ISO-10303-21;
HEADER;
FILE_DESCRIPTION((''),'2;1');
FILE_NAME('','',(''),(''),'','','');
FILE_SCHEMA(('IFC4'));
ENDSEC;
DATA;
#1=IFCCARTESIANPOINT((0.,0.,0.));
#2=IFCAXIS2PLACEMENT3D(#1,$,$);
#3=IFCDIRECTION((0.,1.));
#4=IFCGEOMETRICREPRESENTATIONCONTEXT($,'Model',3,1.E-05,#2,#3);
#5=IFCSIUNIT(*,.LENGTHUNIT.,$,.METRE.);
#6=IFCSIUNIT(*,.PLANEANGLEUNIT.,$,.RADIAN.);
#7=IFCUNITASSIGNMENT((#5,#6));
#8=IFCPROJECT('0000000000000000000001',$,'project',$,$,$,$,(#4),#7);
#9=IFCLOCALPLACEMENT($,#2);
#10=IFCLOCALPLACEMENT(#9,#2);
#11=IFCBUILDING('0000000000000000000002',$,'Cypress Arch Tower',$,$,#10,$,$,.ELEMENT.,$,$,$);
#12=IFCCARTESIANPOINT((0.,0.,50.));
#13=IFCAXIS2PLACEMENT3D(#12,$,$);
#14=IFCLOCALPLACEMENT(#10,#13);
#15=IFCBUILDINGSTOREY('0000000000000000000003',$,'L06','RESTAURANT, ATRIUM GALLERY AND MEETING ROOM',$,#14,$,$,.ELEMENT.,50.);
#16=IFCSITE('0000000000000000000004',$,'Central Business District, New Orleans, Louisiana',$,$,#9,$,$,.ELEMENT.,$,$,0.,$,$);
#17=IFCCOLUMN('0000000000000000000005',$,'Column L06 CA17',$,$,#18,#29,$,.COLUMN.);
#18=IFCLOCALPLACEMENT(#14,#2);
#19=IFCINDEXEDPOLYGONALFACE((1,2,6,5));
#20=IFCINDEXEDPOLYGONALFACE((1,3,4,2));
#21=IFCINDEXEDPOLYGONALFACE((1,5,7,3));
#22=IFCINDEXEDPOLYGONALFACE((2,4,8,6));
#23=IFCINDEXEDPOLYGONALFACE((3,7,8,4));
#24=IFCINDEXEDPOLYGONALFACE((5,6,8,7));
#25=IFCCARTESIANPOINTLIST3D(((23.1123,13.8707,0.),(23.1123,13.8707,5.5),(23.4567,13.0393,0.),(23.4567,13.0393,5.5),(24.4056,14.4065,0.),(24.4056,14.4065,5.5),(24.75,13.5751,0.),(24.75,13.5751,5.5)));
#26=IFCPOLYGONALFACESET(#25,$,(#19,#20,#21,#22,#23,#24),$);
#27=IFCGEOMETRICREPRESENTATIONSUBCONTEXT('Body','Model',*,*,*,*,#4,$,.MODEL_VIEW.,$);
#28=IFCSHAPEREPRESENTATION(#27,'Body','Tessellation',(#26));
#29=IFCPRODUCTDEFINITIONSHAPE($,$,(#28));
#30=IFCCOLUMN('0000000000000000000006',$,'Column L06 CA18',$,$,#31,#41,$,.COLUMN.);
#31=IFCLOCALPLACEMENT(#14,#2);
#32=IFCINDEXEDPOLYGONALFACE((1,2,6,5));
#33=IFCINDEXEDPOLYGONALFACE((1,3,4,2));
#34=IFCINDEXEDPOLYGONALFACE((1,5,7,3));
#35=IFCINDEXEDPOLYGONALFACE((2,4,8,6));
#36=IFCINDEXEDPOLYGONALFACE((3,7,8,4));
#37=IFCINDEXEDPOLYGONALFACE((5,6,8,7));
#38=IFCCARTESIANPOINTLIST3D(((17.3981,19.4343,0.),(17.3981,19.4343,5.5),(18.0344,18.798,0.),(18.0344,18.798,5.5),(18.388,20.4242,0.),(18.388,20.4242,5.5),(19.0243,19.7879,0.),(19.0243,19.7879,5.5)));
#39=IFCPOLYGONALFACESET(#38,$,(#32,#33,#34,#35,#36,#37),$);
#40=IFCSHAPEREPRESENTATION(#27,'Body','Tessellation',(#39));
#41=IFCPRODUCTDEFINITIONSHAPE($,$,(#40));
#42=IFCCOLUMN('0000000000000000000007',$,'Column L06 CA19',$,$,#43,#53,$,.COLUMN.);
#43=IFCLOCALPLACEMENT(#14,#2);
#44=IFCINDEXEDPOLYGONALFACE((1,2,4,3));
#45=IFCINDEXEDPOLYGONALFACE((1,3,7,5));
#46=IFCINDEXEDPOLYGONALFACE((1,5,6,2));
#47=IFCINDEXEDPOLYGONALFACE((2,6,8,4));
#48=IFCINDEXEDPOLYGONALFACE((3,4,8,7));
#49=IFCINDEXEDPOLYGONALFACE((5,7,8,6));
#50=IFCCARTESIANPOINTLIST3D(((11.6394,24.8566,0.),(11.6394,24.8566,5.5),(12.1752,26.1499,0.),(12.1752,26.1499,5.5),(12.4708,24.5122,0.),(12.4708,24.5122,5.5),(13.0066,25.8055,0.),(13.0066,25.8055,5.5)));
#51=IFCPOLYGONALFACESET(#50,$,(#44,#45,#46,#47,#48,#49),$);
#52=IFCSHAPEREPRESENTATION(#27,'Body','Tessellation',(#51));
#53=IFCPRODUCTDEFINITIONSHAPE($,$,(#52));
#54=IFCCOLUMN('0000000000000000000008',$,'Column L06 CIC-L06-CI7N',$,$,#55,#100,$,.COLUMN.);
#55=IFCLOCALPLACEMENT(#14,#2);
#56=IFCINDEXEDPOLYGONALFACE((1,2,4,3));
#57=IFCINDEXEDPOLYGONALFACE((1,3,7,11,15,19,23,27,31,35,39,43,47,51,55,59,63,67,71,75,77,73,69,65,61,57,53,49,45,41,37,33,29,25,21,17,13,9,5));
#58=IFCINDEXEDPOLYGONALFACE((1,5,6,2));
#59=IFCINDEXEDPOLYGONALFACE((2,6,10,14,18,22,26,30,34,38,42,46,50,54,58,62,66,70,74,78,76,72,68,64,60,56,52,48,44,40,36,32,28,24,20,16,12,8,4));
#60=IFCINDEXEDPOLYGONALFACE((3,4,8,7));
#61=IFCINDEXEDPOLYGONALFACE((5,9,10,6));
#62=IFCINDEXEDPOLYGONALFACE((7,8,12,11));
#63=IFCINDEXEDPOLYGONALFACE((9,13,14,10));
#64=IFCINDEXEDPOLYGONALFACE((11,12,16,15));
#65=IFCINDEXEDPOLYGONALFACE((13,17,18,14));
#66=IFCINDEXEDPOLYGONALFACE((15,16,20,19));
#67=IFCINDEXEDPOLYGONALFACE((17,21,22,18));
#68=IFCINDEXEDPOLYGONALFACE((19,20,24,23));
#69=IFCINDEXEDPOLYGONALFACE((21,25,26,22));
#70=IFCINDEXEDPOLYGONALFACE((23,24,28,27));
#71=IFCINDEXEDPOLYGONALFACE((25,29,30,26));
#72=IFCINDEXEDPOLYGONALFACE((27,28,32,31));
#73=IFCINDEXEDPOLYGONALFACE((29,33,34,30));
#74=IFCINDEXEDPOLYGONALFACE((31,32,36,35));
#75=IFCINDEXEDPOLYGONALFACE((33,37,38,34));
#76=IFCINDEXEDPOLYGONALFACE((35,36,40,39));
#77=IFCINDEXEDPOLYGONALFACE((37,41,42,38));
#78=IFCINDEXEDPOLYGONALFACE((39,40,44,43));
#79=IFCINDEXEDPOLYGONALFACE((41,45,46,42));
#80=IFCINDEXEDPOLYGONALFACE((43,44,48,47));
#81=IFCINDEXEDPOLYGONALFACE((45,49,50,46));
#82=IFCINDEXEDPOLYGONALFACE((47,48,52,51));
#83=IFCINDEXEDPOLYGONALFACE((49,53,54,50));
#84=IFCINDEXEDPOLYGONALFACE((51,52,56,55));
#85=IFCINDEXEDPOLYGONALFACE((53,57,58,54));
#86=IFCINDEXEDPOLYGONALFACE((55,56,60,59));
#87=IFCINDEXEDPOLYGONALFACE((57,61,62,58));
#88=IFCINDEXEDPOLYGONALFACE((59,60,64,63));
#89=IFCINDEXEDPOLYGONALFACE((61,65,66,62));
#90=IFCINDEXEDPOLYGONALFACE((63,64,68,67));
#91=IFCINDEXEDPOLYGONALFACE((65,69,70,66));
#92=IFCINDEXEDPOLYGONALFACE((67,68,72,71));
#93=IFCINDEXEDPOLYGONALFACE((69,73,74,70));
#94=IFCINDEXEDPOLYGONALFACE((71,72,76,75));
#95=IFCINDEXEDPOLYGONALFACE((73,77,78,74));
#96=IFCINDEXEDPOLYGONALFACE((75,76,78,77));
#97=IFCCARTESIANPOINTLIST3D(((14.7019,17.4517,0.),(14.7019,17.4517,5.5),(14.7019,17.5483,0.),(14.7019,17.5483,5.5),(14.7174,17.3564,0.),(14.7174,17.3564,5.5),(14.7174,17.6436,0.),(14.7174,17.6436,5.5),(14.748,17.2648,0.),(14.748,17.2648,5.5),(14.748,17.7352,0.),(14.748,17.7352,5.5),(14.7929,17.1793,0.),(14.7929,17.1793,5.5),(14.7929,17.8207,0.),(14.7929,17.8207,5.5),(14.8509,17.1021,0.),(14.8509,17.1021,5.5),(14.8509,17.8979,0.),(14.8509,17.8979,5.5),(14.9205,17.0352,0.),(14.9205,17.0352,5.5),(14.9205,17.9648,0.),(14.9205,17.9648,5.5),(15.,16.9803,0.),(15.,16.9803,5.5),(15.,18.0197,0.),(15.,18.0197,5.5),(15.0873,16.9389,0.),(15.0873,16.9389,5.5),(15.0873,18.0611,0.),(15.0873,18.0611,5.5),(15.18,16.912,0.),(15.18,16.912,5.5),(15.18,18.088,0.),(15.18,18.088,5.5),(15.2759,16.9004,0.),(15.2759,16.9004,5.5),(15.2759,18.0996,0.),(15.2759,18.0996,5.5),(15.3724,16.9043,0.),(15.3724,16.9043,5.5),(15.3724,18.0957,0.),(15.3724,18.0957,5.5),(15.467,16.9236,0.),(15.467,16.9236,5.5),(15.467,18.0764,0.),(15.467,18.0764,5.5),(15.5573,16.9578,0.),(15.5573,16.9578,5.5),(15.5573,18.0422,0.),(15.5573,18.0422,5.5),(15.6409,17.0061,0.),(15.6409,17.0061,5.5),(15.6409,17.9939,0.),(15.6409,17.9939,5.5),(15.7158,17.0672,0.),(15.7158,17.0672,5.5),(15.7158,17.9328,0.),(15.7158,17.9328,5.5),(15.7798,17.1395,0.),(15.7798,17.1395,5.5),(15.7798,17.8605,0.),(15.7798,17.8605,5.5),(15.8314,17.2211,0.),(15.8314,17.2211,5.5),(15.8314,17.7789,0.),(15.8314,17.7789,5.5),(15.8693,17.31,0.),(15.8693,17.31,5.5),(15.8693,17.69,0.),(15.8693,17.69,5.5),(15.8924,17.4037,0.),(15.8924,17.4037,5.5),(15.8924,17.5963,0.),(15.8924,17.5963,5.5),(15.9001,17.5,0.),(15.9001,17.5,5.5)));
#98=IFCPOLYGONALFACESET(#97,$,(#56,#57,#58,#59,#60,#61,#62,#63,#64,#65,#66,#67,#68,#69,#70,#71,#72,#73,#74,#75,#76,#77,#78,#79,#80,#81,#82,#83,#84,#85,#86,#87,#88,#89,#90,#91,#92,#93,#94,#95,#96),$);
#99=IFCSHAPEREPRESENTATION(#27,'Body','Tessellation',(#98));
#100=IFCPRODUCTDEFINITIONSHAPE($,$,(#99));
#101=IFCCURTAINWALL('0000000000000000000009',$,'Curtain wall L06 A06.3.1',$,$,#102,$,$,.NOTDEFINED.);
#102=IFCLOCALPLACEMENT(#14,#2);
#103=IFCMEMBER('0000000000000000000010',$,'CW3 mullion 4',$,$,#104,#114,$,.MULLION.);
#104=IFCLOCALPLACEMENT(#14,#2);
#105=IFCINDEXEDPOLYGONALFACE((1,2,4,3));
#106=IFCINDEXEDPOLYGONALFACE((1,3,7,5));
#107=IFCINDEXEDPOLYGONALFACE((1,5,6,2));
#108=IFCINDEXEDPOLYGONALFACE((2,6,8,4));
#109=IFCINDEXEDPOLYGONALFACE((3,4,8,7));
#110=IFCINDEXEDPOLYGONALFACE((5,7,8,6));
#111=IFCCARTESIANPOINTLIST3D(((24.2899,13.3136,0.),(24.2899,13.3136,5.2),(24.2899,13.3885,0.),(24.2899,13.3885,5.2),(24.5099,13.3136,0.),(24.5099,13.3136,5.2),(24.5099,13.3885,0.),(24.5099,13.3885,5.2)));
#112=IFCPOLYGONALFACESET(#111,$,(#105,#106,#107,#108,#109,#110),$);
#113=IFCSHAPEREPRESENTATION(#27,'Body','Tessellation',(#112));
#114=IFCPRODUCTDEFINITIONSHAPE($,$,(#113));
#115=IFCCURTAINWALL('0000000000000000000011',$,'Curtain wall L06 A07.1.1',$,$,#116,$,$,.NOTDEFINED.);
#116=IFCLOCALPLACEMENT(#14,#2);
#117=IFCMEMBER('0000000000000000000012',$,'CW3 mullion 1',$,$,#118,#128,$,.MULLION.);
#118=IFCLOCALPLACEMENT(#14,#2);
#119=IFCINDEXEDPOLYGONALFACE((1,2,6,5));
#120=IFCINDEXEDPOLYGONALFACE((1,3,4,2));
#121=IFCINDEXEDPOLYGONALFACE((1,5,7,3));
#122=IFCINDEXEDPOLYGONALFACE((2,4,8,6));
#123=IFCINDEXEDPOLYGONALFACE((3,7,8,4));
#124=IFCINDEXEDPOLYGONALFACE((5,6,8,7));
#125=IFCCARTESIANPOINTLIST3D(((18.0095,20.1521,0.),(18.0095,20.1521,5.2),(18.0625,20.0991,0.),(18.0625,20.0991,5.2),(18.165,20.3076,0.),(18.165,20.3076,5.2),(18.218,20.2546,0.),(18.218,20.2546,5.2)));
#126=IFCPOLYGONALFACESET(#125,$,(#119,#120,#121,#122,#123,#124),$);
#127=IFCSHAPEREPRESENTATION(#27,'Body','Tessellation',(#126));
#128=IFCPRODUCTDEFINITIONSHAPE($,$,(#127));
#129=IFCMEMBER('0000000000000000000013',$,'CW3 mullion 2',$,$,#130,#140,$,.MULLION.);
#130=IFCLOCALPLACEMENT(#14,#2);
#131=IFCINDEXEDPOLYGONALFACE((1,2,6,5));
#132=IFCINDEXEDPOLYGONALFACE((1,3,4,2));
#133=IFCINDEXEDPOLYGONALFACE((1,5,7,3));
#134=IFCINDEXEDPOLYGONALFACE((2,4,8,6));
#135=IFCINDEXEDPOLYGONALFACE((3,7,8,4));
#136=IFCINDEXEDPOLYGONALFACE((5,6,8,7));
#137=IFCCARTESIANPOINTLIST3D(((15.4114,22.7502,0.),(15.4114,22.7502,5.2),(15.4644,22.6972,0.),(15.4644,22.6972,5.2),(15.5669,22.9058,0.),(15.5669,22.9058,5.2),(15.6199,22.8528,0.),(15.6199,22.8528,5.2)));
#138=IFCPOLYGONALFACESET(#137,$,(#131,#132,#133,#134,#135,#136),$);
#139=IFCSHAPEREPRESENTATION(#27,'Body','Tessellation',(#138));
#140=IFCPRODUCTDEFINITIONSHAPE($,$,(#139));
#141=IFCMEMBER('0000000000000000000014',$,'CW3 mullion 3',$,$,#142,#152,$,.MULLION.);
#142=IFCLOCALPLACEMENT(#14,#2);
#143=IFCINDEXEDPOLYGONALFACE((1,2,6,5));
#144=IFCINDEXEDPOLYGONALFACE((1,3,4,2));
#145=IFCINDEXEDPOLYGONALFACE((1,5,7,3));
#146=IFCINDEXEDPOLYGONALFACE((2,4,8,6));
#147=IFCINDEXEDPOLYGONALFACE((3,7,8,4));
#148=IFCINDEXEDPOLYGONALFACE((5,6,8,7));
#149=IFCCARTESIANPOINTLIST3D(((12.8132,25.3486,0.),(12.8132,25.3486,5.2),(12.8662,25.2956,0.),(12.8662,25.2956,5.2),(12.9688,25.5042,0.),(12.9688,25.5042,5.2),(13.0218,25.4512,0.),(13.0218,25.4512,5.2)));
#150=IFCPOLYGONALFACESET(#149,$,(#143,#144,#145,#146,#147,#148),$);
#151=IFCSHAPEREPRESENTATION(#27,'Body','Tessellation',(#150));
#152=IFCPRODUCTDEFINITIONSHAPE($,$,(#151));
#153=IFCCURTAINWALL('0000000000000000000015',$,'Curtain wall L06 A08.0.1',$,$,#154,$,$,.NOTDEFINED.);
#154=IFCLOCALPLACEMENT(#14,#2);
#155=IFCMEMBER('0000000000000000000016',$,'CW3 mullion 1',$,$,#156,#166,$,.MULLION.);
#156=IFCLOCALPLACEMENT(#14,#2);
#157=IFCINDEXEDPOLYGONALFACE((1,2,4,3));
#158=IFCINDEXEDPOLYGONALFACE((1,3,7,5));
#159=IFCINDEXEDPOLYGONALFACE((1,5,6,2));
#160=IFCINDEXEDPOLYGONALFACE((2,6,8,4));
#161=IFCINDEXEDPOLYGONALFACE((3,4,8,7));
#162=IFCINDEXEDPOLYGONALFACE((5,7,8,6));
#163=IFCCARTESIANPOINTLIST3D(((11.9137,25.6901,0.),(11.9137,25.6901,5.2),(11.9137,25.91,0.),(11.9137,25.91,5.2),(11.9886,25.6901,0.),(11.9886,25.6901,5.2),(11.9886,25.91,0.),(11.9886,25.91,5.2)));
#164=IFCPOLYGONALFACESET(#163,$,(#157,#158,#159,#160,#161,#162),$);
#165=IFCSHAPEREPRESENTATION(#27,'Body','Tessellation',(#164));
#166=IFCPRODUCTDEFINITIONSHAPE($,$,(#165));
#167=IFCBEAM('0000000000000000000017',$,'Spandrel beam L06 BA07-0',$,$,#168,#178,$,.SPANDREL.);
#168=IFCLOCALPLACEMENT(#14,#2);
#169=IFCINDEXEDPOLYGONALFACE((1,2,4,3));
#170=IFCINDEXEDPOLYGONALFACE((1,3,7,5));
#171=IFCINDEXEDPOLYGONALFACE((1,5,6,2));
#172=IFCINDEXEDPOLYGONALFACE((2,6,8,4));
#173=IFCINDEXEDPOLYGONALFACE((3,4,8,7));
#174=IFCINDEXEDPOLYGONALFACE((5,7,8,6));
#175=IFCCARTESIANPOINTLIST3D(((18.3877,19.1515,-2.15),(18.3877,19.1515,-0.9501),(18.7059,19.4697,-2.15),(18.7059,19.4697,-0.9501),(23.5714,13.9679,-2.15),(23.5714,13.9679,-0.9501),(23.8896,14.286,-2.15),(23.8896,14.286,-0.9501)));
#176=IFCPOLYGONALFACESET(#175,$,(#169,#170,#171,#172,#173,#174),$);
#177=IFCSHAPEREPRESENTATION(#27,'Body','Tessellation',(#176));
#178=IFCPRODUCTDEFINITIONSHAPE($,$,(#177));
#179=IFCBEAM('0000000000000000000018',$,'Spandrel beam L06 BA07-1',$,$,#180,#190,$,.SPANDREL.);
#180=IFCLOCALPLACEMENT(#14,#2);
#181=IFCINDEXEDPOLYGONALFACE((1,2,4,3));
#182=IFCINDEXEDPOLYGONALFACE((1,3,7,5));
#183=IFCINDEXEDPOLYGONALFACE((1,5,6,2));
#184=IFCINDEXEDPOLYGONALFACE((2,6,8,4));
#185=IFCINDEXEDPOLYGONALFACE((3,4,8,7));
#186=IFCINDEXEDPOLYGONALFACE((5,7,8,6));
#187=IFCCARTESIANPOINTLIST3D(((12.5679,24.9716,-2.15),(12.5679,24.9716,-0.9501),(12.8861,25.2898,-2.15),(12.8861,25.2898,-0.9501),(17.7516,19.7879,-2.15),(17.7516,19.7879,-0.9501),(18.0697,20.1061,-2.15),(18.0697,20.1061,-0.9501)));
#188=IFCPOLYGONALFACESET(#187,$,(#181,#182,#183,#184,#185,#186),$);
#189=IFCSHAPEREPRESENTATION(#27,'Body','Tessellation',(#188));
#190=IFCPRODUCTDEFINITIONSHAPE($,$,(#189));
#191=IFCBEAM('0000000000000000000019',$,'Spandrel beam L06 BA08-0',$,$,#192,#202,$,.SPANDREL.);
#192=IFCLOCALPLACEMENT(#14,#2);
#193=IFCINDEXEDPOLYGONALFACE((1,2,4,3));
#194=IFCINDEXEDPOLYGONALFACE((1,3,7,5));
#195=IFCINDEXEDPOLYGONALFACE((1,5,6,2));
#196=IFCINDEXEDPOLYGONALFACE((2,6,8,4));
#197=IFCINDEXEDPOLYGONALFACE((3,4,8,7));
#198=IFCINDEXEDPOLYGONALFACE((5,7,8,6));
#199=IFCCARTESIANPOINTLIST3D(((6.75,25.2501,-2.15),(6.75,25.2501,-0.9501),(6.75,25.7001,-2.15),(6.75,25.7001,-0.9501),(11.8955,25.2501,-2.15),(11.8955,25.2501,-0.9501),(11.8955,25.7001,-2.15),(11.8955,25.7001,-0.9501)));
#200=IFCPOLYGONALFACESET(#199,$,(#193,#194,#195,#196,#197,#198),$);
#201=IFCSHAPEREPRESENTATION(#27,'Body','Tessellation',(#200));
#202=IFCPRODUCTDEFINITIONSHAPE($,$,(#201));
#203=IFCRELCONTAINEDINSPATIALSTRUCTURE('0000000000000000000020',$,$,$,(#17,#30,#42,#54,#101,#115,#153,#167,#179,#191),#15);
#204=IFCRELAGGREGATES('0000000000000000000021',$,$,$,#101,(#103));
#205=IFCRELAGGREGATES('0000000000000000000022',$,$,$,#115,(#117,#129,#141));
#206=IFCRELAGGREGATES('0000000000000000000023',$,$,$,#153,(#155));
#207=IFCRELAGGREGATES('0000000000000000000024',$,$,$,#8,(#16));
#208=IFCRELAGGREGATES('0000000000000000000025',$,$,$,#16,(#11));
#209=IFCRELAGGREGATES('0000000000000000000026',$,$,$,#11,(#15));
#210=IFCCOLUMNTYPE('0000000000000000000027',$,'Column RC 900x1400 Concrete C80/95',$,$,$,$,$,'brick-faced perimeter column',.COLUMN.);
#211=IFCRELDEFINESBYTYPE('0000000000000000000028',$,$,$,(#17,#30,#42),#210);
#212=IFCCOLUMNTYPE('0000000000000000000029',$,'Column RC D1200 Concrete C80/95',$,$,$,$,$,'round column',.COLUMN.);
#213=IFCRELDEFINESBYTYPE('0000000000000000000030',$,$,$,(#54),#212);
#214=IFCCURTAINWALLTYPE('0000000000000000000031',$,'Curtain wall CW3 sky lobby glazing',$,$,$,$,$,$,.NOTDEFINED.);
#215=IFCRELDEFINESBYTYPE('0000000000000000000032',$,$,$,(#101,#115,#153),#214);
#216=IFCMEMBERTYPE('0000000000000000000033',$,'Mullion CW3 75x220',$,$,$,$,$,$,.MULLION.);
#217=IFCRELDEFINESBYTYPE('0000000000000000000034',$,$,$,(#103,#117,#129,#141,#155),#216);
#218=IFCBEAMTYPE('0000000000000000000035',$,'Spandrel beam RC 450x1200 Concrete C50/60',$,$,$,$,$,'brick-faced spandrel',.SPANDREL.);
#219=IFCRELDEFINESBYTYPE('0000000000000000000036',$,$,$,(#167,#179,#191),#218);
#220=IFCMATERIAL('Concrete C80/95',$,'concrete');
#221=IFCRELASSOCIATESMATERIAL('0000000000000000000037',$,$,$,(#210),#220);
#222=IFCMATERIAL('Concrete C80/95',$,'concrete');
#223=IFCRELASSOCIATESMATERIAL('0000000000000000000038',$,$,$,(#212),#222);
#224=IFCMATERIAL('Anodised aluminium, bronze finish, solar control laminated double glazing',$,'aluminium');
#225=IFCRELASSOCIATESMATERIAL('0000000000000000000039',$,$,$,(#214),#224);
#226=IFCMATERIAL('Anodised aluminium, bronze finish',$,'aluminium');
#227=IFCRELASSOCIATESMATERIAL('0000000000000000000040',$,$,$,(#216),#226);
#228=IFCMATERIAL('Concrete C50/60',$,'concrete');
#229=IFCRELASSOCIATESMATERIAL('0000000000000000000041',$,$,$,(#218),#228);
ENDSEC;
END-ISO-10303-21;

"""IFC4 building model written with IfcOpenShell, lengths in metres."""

from ifc_helpers import new_model, si_unit, direction, frame, origin, origin_2d, place, context, subcontext, project, spatial, rectangle, circle, extrude, material, material_profile, profile_set, type_object, element, aggregate, save


model = new_model("IFC4")

# Units and contexts
model_context = context("Model", 3, precision=1e-05, world=origin(), true_north=direction((0.0, 1.0)))
body_context = subcontext(model_context, "Body", "Model", "MODEL_VIEW")
ifc_project = project(units=[si_unit("LENGTHUNIT", "METRE"), si_unit("PLANEANGLEUNIT", "RADIAN")], contexts=[model_context])

# Site, building, storey
site_placement = place(None, origin())
site = spatial("IfcSite", under=ifc_project, at=site_placement, Name="Central Business District, New Orleans, Louisiana", CompositionType="ELEMENT", RefElevation=0.0)
building_placement = place(site_placement, origin())
building = spatial("IfcBuilding", under=site, at=building_placement, Name="Cypress Arch Tower", CompositionType="ELEMENT")
storey_placement = place(building_placement, frame((0.0, 0.0, 50.0)))
storey = spatial("IfcBuildingStorey", under=building, at=storey_placement, Name="L06", Description="RESTAURANT, ATRIUM GALLERY AND MEETING ROOM", CompositionType="ELEMENT", Elevation=50.0)

# Columns
ifc_material_1 = material(Name="Concrete C80/95", Category="concrete")
ifc_material_profile_1 = material_profile(ifc_material_1, rectangle(XDim=0.8999, YDim=1.3999, at=origin_2d()), Name="RC 900x1400")
ifc_profile_set_1 = profile_set([ifc_material_profile_1], Name="Concrete C80/95")
column_type_1 = type_object("IfcColumnType", Name="Column RC 900x1400 Concrete C80/95", ElementType="brick-faced perimeter column", PredefinedType="COLUMN", material=ifc_profile_set_1)
for number, where, z_axis, x_axis, name in (
    (1, (23.9312, 13.7229, 0.0), (0.0, 0.0, 1.0), (-0.382683, 0.92388, 0.0), "Column L06 CA17"),
    (2, (18.2112, 19.6111, 0.0), (0.0, 0.0, 1.0), (-0.707107, 0.707107, 0.0), "Column L06 CA18"),
    (3, (12.323, 25.3311, 0.0), (0.0, 0.0, 1.0), (-0.92388, 0.382683, 0.0), "Column L06 CA19"),
):
    element("IfcColumn", number, at=place(storey_placement, frame(where, z_axis=z_axis, x_axis=x_axis)), inside=storey, type_object=column_type_1, Name=name, PredefinedType="COLUMN", context=body_context, shape_type="SweptSolid", body=[
        extrude(rectangle(XDim=0.8999, YDim=1.3999, at=origin_2d()), origin(), (0.0, 0.0, 1.0), 5.5),
    ])
ifc_material_2 = material(Name="Concrete C80/95", Category="concrete")
ifc_material_profile_2 = material_profile(ifc_material_2, circle(Radius=0.6001, at=origin_2d()), Name="RC D1200")
ifc_profile_set_2 = profile_set([ifc_material_profile_2], Name="Concrete C80/95")
column_type_2 = type_object("IfcColumnType", Name="Column RC D1200 Concrete C80/95", ElementType="round column", PredefinedType="COLUMN", material=ifc_profile_set_2)
column_placement = place(storey_placement, frame((15.3, 17.5, 0.0), z_axis=(0.0, 0.0, 1.0), x_axis=(1.0, 0.0, 0.0)))
element("IfcColumn", 4, at=column_placement, inside=storey, type_object=column_type_2, Name="Column L06 CIC-L06-CI7N", PredefinedType="COLUMN", context=body_context, shape_type="SweptSolid", body=[
    extrude(circle(Radius=0.6001, at=origin_2d()), origin(), (0.0, 0.0, 1.0), 5.5),
])

# Curtain wall, member
ifc_material_3 = material(Name="Anodised aluminium, bronze finish, solar control laminated double glazing", Category="aluminium")
curtain_wall_type = type_object("IfcCurtainWallType", Name="Curtain wall CW3 sky lobby glazing", PredefinedType="NOTDEFINED", material=ifc_material_3)
curtain_wall_1_placement = place(storey_placement, origin())
curtain_wall_1 = element("IfcCurtainWall", 5, at=curtain_wall_1_placement, inside=storey, type_object=curtain_wall_type, Name="Curtain wall L06 A06.3.1", PredefinedType="NOTDEFINED")
ifc_material_4 = material(Name="Anodised aluminium, bronze finish", Category="aluminium")
ifc_material_profile_3 = material_profile(ifc_material_4, rectangle(XDim=0.22, YDim=0.075, at=origin_2d()), Name="Mullion 75x220")
ifc_profile_set_3 = profile_set([ifc_material_profile_3], Name="Anodised aluminium, bronze finish")
member_type_1 = type_object("IfcMemberType", Name="Mullion CW3 75x220", PredefinedType="MULLION", material=ifc_profile_set_3)
member_1_placement = place(storey_placement, frame((24.3999, 13.3511, 0.0), z_axis=(0.0, 0.0, 1.0), x_axis=(-1.0, 0.0, 0.0)))
member_1 = element("IfcMember", 6, at=member_1_placement, type_object=member_type_1, Name="CW3 mullion 4", PredefinedType="MULLION", context=body_context, shape_type="SweptSolid", body=[
    extrude(rectangle(XDim=0.22, YDim=0.075, at=origin_2d()), origin(), (0.0, 0.0, 1.0), 5.2),
])

# Curtain wall, members
curtain_wall_2_placement = place(storey_placement, origin())
curtain_wall_2 = element("IfcCurtainWall", 7, at=curtain_wall_2_placement, inside=storey, type_object=curtain_wall_type, Name="Curtain wall L06 A07.1.1", PredefinedType="NOTDEFINED")
member_2_placement = place(storey_placement, frame((18.1138, 20.2034, 0.0), z_axis=(0.0, 0.0, 1.0), x_axis=(-0.707107, -0.707107, 0.0)))
member_2 = element("IfcMember", 8, at=member_2_placement, type_object=member_type_1, Name="CW3 mullion 1", PredefinedType="MULLION", context=body_context, shape_type="SweptSolid", body=[
    extrude(rectangle(XDim=0.22, YDim=0.075, at=origin_2d()), origin(), (0.0, 0.0, 1.0), 5.2),
])
member_3_placement = place(storey_placement, frame((15.5156, 22.8015, 0.0), z_axis=(0.0, 0.0, 1.0), x_axis=(-0.707107, -0.707107, 0.0)))
member_3 = element("IfcMember", 9, at=member_3_placement, type_object=member_type_1, Name="CW3 mullion 2", PredefinedType="MULLION", context=body_context, shape_type="SweptSolid", body=[
    extrude(rectangle(XDim=0.22, YDim=0.075, at=origin_2d()), origin(), (0.0, 0.0, 1.0), 5.2),
])
member_4_placement = place(storey_placement, frame((12.9175, 25.3999, 0.0), z_axis=(0.0, 0.0, 1.0), x_axis=(-0.707107, -0.707107, 0.0)))
member_4 = element("IfcMember", 10, at=member_4_placement, type_object=member_type_1, Name="CW3 mullion 3", PredefinedType="MULLION", context=body_context, shape_type="SweptSolid", body=[
    extrude(rectangle(XDim=0.22, YDim=0.075, at=origin_2d()), origin(), (0.0, 0.0, 1.0), 5.2),
])

# Curtain wall, member
curtain_wall_3_placement = place(storey_placement, origin())
curtain_wall_3 = element("IfcCurtainWall", 11, at=curtain_wall_3_placement, inside=storey, type_object=curtain_wall_type, Name="Curtain wall L06 A08.0.1", PredefinedType="NOTDEFINED")
member_5_placement = place(storey_placement, frame((11.9512, 25.8, 0.0), z_axis=(0.0, 0.0, 1.0), x_axis=(0.0, -1.0, 0.0)))
member_5 = element("IfcMember", 12, at=member_5_placement, type_object=member_type_1, Name="CW3 mullion 1", PredefinedType="MULLION", context=body_context, shape_type="SweptSolid", body=[
    extrude(rectangle(XDim=0.22, YDim=0.075, at=origin_2d()), origin(), (0.0, 0.0, 1.0), 5.2),
])

# Beams
ifc_material_5 = material(Name="Concrete C50/60", Category="concrete")
ifc_material_profile_4 = material_profile(ifc_material_5, rectangle(XDim=0.45, YDim=1.2, at=origin_2d()), Name="RC 450x1200")
ifc_profile_set_4 = profile_set([ifc_material_profile_4], Name="Concrete C50/60")
beam_type = type_object("IfcBeamType", Name="Spandrel beam RC 450x1200 Concrete C50/60", ElementType="brick-faced spandrel", PredefinedType="SPANDREL", material=ifc_profile_set_4)
for number, where, z_axis, x_axis, name in (
    (13, (23.7305, 14.127, -1.55), (-0.707107, 0.707107, 0.0), (-0.707107, -0.707107, 0.0), "Spandrel beam L06 BA07-0"),
    (14, (17.9106, 19.947, -1.55), (-0.707107, 0.707107, 0.0), (-0.707107, -0.707107, 0.0), "Spandrel beam L06 BA07-1"),
):
    element("IfcBeam", number, at=place(storey_placement, frame(where, z_axis=z_axis, x_axis=x_axis)), inside=storey, type_object=beam_type, Name=name, PredefinedType="SPANDREL", context=body_context, shape_type="SweptSolid", body=[
        extrude(rectangle(XDim=0.45, YDim=1.2, at=origin_2d()), origin(), (0.0, 0.0, 1.0), 7.3308),
    ])
beam_placement = place(storey_placement, frame((11.8955, 25.4751, -1.55), z_axis=(-1.0, 0.0, 0.0), x_axis=(0.0, -1.0, 0.0)))
element("IfcBeam", 15, at=beam_placement, inside=storey, type_object=beam_type, Name="Spandrel beam L06 BA08-0", PredefinedType="SPANDREL", context=body_context, shape_type="SweptSolid", body=[
    extrude(rectangle(XDim=0.45, YDim=1.2, at=origin_2d()), origin(), (0.0, 0.0, 1.0), 5.1455),
])

aggregate(curtain_wall_1, [member_1])
aggregate(curtain_wall_2, [member_2, member_3, member_4])
aggregate(curtain_wall_3, [member_5])

save(model, "model.ifc")
